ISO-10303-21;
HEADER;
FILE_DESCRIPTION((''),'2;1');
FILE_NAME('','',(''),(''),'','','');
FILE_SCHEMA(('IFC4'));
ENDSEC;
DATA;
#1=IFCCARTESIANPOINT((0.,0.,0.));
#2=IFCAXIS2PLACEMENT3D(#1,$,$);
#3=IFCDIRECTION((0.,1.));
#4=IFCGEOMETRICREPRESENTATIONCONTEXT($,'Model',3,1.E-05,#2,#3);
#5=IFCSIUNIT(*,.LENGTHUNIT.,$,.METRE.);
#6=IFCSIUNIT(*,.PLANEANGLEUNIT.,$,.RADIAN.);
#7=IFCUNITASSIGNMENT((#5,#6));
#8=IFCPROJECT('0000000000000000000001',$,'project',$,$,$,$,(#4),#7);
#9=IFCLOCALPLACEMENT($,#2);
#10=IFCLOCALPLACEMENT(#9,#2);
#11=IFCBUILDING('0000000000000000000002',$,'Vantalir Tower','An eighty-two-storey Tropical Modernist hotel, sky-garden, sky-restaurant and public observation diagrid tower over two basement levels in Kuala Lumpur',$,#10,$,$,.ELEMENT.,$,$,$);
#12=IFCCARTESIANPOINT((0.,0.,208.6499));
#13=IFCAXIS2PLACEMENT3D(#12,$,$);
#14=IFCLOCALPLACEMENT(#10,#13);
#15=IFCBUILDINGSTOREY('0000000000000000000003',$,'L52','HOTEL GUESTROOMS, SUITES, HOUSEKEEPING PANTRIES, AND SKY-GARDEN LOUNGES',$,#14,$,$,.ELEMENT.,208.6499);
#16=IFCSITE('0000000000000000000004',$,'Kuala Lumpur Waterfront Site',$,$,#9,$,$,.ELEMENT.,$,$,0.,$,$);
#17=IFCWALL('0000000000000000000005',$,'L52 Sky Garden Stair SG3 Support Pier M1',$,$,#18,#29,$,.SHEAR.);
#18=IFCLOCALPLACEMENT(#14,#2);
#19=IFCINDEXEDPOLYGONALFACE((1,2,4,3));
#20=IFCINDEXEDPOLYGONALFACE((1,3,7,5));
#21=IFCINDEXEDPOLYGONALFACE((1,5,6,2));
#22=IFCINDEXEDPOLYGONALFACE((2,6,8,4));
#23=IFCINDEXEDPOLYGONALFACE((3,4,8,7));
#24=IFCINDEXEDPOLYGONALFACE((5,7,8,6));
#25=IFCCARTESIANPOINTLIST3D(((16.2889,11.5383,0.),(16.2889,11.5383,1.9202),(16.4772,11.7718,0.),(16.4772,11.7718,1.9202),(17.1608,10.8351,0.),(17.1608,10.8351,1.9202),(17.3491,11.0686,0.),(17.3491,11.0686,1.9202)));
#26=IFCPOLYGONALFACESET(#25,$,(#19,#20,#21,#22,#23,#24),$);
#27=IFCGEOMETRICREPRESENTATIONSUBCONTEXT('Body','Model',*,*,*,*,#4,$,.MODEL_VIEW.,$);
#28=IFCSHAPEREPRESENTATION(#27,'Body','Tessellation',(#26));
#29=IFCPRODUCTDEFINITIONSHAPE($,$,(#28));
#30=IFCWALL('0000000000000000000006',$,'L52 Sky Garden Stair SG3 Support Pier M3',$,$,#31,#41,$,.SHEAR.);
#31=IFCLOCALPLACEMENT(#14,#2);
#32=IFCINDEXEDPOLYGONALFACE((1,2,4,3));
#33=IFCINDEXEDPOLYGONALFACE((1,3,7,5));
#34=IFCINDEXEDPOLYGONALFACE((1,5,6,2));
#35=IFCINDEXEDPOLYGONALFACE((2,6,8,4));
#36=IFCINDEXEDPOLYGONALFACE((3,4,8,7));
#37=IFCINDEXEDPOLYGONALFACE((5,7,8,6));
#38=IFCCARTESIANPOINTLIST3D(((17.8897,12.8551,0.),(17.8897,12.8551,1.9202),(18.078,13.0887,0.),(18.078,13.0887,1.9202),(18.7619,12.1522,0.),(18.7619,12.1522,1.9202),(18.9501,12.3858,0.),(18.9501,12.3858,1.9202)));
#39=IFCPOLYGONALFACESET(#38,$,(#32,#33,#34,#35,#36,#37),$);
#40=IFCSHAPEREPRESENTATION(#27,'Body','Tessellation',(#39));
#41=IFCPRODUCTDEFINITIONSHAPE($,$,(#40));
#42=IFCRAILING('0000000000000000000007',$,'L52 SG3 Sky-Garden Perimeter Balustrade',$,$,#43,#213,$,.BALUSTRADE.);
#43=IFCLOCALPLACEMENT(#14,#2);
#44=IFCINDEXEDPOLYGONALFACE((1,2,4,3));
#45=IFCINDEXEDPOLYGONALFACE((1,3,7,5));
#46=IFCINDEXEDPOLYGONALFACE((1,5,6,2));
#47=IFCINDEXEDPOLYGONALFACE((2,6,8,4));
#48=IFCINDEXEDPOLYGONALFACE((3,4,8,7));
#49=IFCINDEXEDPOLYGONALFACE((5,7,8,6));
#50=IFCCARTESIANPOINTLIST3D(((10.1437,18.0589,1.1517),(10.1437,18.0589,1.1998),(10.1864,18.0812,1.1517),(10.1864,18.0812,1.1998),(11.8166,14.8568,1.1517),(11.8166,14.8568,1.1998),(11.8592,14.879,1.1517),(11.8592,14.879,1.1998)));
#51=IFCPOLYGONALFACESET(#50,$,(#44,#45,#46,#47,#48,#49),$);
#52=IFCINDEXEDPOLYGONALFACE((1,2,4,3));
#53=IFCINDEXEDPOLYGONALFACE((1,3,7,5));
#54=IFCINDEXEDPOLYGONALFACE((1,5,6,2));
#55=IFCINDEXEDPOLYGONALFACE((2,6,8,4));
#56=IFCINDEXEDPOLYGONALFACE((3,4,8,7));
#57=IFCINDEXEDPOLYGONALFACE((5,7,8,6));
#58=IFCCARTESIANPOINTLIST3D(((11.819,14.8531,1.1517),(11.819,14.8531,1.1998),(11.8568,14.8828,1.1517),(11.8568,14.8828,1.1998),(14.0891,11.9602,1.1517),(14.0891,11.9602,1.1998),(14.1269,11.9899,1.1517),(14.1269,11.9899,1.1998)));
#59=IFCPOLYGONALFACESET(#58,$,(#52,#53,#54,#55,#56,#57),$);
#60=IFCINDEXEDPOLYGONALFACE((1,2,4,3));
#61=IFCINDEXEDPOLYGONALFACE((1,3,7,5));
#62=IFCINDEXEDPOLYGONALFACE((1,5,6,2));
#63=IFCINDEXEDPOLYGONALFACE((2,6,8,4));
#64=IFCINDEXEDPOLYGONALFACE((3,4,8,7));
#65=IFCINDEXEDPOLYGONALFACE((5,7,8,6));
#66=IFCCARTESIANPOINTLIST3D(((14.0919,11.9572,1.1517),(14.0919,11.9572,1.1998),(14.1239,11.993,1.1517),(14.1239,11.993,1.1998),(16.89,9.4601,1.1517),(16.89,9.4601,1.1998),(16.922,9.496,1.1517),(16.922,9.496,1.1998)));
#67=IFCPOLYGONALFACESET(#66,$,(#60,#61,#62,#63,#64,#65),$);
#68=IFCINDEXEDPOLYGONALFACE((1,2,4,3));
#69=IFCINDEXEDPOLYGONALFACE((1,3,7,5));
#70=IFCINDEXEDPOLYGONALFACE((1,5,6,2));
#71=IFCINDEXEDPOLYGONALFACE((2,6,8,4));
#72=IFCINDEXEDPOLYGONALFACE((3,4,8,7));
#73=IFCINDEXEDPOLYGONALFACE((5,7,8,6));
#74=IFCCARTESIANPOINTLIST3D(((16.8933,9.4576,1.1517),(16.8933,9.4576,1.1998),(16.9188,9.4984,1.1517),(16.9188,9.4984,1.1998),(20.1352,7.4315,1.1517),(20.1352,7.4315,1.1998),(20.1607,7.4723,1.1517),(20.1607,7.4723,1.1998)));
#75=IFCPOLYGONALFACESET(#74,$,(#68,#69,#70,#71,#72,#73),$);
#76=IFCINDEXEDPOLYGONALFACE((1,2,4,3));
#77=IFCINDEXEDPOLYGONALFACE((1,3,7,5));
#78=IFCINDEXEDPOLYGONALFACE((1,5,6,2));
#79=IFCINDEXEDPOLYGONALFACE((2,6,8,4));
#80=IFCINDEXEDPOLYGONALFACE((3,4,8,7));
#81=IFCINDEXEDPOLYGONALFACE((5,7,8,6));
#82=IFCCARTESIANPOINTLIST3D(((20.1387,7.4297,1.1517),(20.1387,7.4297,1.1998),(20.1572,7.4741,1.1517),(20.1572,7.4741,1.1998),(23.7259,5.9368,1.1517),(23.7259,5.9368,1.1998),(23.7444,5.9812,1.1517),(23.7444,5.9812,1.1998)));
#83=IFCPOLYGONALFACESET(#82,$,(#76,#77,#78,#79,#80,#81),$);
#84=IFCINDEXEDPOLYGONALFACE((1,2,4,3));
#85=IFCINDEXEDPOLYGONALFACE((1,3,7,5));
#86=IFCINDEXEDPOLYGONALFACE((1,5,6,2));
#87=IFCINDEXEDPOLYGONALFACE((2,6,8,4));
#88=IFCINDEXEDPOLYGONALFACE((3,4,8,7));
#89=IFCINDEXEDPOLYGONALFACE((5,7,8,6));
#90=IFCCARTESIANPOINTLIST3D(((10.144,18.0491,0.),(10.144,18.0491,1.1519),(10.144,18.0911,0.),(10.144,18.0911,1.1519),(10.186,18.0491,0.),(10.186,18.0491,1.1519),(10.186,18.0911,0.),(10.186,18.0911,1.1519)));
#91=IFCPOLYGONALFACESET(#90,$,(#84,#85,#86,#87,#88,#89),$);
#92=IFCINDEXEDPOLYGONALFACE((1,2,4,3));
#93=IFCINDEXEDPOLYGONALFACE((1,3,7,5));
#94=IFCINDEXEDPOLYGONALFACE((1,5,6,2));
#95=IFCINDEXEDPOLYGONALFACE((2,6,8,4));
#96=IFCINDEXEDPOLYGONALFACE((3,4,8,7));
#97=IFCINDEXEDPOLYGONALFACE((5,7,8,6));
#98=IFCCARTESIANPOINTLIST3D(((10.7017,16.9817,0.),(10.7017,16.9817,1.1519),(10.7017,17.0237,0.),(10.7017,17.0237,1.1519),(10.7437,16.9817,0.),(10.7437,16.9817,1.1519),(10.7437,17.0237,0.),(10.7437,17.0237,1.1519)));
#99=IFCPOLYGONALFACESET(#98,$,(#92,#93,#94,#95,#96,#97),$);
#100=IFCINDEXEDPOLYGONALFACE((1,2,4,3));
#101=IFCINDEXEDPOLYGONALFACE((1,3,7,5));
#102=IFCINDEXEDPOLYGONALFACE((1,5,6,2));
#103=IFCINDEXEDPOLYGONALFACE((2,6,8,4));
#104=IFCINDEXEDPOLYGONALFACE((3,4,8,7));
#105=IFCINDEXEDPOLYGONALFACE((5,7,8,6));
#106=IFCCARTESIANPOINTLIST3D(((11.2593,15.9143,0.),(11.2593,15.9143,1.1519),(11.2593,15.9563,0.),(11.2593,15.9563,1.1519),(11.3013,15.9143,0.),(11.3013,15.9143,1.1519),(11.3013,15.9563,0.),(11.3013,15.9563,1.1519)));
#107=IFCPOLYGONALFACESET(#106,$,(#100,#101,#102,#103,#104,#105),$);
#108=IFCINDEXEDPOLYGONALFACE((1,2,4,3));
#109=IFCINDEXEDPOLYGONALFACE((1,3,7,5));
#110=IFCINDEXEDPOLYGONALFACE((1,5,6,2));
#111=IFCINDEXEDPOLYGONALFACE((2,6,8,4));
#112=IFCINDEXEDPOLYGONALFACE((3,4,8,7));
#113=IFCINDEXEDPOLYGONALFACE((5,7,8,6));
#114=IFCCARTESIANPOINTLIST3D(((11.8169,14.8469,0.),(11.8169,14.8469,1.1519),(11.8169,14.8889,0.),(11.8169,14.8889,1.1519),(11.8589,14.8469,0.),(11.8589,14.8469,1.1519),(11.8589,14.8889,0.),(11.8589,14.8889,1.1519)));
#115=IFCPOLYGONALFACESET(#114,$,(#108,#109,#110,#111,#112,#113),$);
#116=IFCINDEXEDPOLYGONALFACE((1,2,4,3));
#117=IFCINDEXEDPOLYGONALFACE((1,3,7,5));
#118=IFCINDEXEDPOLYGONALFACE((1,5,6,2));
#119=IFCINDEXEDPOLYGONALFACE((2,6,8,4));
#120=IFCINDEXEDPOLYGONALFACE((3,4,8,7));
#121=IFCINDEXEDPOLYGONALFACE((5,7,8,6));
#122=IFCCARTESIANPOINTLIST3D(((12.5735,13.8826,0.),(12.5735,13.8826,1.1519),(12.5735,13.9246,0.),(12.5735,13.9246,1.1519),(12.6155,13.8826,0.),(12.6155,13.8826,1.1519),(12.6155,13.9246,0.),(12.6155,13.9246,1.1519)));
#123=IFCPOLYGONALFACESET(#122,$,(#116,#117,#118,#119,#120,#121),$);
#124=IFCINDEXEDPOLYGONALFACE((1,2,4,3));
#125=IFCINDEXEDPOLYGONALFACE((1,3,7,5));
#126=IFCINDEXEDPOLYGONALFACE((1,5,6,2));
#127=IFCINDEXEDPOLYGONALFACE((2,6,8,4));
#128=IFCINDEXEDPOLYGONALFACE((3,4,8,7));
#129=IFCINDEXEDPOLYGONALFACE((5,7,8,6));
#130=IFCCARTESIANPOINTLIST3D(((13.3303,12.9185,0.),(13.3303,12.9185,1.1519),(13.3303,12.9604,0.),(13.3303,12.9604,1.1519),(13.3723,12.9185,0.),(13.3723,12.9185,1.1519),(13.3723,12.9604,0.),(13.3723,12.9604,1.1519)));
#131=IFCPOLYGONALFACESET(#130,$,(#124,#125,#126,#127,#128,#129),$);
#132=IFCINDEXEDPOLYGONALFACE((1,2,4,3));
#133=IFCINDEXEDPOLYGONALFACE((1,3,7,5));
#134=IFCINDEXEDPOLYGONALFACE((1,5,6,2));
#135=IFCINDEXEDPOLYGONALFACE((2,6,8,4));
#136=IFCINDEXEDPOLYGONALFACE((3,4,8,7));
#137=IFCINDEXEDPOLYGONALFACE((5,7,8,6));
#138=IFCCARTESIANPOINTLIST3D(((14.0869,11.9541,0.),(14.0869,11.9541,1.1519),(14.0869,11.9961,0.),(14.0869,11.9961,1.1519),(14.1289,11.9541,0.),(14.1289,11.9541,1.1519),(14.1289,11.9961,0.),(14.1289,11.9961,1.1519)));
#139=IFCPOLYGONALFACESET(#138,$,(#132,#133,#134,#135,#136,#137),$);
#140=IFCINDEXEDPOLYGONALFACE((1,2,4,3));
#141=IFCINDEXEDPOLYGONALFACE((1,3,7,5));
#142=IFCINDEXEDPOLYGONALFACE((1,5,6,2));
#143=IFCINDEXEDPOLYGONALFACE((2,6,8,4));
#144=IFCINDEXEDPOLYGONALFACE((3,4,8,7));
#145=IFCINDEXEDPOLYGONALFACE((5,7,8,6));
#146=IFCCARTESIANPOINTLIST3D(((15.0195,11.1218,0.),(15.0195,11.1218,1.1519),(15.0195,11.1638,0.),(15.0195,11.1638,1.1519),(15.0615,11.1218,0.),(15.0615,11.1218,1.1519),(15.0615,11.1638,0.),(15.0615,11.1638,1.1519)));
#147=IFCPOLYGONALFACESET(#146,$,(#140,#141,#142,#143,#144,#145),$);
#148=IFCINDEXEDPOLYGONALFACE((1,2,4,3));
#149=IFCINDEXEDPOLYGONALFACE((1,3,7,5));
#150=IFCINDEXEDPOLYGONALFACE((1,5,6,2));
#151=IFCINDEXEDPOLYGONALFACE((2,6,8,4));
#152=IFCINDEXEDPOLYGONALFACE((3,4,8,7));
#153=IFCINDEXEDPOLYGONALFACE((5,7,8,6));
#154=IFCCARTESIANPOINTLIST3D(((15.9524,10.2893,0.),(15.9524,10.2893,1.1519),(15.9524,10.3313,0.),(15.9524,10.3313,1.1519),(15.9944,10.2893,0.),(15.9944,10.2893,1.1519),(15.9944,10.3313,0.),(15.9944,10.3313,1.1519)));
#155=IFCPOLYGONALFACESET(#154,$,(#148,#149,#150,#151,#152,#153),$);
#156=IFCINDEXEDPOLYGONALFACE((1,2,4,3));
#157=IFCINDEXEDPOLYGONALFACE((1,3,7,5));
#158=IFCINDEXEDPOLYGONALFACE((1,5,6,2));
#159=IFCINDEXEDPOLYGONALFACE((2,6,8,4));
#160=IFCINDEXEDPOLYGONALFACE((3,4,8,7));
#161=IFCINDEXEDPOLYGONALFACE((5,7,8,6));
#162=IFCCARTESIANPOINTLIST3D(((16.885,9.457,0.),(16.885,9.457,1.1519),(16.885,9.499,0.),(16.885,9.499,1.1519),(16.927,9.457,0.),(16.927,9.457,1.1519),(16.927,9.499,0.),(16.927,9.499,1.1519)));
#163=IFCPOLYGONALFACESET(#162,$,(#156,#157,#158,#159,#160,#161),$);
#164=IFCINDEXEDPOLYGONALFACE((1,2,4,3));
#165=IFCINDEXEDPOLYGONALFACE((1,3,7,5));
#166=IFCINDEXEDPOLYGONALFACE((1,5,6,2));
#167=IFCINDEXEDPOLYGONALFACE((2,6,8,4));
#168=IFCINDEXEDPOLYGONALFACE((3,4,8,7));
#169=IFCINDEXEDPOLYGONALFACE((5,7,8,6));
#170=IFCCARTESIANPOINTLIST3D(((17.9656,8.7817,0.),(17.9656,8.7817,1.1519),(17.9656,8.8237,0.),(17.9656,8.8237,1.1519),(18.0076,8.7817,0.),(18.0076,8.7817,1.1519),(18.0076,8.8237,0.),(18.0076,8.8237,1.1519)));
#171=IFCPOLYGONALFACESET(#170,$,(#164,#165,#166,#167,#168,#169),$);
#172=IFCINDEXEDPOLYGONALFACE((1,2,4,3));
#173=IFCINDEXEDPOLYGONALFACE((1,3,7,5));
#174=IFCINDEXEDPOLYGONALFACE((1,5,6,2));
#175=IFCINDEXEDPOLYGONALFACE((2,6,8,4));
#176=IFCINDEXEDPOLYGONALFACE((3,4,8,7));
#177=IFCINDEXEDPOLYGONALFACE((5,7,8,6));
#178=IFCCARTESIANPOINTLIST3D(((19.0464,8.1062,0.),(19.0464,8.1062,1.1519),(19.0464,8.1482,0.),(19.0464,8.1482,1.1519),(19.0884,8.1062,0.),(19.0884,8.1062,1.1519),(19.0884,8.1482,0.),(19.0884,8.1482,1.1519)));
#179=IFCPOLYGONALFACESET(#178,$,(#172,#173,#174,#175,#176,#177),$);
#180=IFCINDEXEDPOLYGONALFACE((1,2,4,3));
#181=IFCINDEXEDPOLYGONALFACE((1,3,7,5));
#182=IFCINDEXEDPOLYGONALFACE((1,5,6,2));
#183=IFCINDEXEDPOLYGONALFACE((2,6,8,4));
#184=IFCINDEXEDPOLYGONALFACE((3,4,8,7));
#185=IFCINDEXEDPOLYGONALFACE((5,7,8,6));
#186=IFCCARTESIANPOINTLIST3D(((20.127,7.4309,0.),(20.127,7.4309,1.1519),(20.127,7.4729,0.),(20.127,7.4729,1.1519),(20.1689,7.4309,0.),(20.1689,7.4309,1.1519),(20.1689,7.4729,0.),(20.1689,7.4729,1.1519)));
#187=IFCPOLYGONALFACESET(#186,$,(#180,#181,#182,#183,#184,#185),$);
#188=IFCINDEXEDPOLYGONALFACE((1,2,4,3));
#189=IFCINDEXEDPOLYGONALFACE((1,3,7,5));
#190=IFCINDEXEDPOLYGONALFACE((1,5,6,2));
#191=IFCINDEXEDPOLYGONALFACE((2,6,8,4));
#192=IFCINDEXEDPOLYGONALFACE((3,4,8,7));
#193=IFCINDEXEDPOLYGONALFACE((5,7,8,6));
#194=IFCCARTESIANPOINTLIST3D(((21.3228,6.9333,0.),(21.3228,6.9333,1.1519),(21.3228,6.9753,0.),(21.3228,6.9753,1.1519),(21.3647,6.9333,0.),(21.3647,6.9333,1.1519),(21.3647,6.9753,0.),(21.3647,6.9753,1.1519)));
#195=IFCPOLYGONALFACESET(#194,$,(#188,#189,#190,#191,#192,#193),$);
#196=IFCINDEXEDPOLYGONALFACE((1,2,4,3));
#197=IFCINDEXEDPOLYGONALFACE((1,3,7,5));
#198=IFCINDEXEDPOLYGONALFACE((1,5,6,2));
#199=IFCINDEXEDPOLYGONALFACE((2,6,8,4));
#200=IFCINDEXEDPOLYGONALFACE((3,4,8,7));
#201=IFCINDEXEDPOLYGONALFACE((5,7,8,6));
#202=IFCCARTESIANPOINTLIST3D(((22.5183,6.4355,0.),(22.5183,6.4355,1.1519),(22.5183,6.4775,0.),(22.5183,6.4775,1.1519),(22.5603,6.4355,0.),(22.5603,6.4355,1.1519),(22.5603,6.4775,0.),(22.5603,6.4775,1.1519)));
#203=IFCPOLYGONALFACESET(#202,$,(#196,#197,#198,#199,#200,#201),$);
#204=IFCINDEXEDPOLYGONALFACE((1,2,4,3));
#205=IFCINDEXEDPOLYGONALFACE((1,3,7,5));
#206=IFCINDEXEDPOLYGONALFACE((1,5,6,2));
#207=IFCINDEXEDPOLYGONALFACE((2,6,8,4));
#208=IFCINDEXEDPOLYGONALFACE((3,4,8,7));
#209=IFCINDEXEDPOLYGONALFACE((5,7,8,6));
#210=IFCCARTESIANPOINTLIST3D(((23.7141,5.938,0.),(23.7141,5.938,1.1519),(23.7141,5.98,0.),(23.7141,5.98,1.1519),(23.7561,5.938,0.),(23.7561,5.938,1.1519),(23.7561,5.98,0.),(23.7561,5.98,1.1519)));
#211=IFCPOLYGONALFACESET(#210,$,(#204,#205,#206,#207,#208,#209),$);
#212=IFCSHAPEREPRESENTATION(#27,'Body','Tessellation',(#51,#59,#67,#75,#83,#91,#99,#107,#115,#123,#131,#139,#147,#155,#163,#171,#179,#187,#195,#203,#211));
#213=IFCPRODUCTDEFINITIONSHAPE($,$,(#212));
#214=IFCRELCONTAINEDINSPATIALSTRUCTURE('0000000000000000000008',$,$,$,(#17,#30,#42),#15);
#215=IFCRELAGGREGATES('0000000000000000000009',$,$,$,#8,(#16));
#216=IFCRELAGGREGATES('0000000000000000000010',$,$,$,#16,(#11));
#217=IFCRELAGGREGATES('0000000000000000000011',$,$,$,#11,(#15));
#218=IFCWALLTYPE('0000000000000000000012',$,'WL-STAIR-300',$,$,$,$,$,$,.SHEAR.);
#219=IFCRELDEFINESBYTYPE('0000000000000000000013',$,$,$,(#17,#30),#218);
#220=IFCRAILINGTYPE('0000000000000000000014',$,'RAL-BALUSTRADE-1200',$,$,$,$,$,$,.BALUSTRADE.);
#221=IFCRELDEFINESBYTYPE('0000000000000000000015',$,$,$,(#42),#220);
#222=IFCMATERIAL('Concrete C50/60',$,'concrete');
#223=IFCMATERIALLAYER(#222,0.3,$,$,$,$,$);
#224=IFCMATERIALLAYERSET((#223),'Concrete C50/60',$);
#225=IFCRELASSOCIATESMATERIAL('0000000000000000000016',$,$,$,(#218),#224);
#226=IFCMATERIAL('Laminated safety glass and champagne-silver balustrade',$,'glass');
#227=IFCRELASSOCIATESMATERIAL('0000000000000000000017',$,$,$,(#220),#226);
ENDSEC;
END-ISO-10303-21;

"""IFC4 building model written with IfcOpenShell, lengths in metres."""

from ifc_helpers import new_model, si_unit, direction, frame, frame_2d, origin, origin_2d, place, context, subcontext, project, spatial, rectangle, extrude, material, layer, layer_set, type_object, element, save


model = new_model("IFC4")

# Units and contexts
model_context = context("Model", 3, precision=1e-05, world=origin(), true_north=direction((0.0, 1.0)))
body_context = subcontext(model_context, "Body", "Model", "MODEL_VIEW")
ifc_project = project(units=[si_unit("LENGTHUNIT", "METRE"), si_unit("PLANEANGLEUNIT", "RADIAN")], contexts=[model_context])

# Site, building, storey
site_placement = place(None, origin())
site = spatial("IfcSite", under=ifc_project, at=site_placement, Name="Kuala Lumpur Waterfront Site", CompositionType="ELEMENT", RefElevation=0.0)
building_placement = place(site_placement, origin())
building = spatial("IfcBuilding", under=site, at=building_placement, Name="Vantalir Tower", Description="An eighty-two-storey Tropical Modernist hotel, sky-garden, sky-restaurant and public observation diagrid tower over two basement levels in Kuala Lumpur", CompositionType="ELEMENT")
storey_placement = place(building_placement, frame((0.0, 0.0, 208.6499)))
storey = spatial("IfcBuildingStorey", under=building, at=storey_placement, Name="L52", Description="HOTEL GUESTROOMS, SUITES, HOUSEKEEPING PANTRIES, AND SKY-GARDEN LOUNGES", CompositionType="ELEMENT", Elevation=208.6499)

# Walls
ifc_material_1 = material(Name="Concrete C50/60", Category="concrete")
ifc_layer_1 = layer(ifc_material_1, 0.3)
ifc_layer_set_1 = layer_set([ifc_layer_1], Name="Concrete C50/60")
wall_type_1 = type_object("IfcWallType", Name="WL-STAIR-300", PredefinedType="SHEAR", material=ifc_layer_set_1)
for number, where, z_axis, x_axis, name in (
    (1, (16.3831, 11.655, 0.0), (0.0, 0.0, 1.0), (0.778396, -0.627774, 0.0), "L52 Sky Garden Stair SG3 Support Pier M1"),
    (2, (17.9839, 12.9719, 0.0), (0.0, 0.0, 1.0), (0.778588, -0.627535, 0.0), "L52 Sky Garden Stair SG3 Support Pier M3"),
):
    element("IfcWall", number, at=place(storey_placement, frame(where, z_axis=z_axis, x_axis=x_axis)), inside=storey, type_object=wall_type_1, Name=name, PredefinedType="SHEAR", context=body_context, shape_type="SweptSolid", body=[
        extrude(rectangle(XDim=1.1201, YDim=0.3, at=frame_2d((0.5601, 0.0))), origin(), (0.0, 0.0, 1.0), 1.9202),
    ])

# Railing
ifc_material_2 = material(Name="Laminated safety glass and champagne-silver balustrade", Category="glass")
railing_type_1 = type_object("IfcRailingType", Name="RAL-BALUSTRADE-1200", PredefinedType="BALUSTRADE", material=ifc_material_2)
railing_1_placement = place(storey_placement, frame((10.165, 18.0701, 0.0)))
element("IfcRailing", 3, at=railing_1_placement, inside=storey, type_object=railing_type_1, Name="L52 SG3 Sky-Garden Perimeter Balustrade", PredefinedType="BALUSTRADE", context=body_context, shape_type="SweptSolid", body=[
    extrude(rectangle(XDim=0.0481, YDim=0.0481, at=origin_2d()), frame((0.0, 0.0, 1.1758), z_axis=(0.463037, -0.886339, 0.0), x_axis=(0.886339, 0.463037, 0.0)), (0.0, 0.0, 1.0), 3.6128),
    extrude(rectangle(XDim=0.0481, YDim=0.0481, at=origin_2d()), frame((1.6729, -3.2021, 1.1758), z_axis=(0.617332, -0.786703, 0.0), x_axis=(0.786703, 0.617332, 0.0)), (0.0, 0.0, 1.0), 3.6772),
    extrude(rectangle(XDim=0.0481, YDim=0.0481, at=origin_2d()), frame((3.9429, -6.095, 1.1758), z_axis=(0.746101, -0.665833, 0.0), x_axis=(0.665833, 0.746101, 0.0)), (0.0, 0.0, 1.0), 3.7502),
    extrude(rectangle(XDim=0.0481, YDim=0.0481, at=origin_2d()), frame((6.741, -8.592, 1.1758), z_axis=(0.848009, -0.529982, 0.0), x_axis=(0.529982, 0.848009, 0.0)), (0.0, 0.0, 1.0), 3.823),
    extrude(rectangle(XDim=0.0481, YDim=0.0481, at=origin_2d()), frame((9.9829, -10.6182, 1.1758), z_axis=(0.923235, -0.384236, 0.0), x_axis=(0.384236, 0.923235, 0.0)), (0.0, 0.0, 1.0), 3.8855),
    extrude(rectangle(XDim=0.042, YDim=0.042, at=origin_2d()), origin(), (0.0, 0.0, 1.0), 1.1519),
    extrude(rectangle(XDim=0.042, YDim=0.042, at=origin_2d()), frame((0.5576, -1.0674, 0.0)), (0.0, 0.0, 1.0), 1.1519),
    extrude(rectangle(XDim=0.042, YDim=0.042, at=origin_2d()), frame((1.1152, -2.1348, 0.0)), (0.0, 0.0, 1.0), 1.1519),
    extrude(rectangle(XDim=0.042, YDim=0.042, at=origin_2d()), frame((1.6729, -3.2021, 0.0)), (0.0, 0.0, 1.0), 1.1519),
    extrude(rectangle(XDim=0.042, YDim=0.042, at=origin_2d()), frame((2.4294, -4.1665, 0.0)), (0.0, 0.0, 1.0), 1.1519),
    extrude(rectangle(XDim=0.042, YDim=0.042, at=origin_2d()), frame((3.1863, -5.1306, 0.0)), (0.0, 0.0, 1.0), 1.1519),
    extrude(rectangle(XDim=0.042, YDim=0.042, at=origin_2d()), frame((3.9429, -6.095, 0.0)), (0.0, 0.0, 1.0), 1.1519),
    extrude(rectangle(XDim=0.042, YDim=0.042, at=origin_2d()), frame((4.8755, -6.9272, 0.0)), (0.0, 0.0, 1.0), 1.1519),
    extrude(rectangle(XDim=0.042, YDim=0.042, at=origin_2d()), frame((5.8083, -7.7598, 0.0)), (0.0, 0.0, 1.0), 1.1519),
    extrude(rectangle(XDim=0.042, YDim=0.042, at=origin_2d()), frame((6.741, -8.592, 0.0)), (0.0, 0.0, 1.0), 1.1519),
    extrude(rectangle(XDim=0.042, YDim=0.042, at=origin_2d()), frame((7.8215, -9.2673, 0.0)), (0.0, 0.0, 1.0), 1.1519),
    extrude(rectangle(XDim=0.042, YDim=0.042, at=origin_2d()), frame((8.9023, -9.9429, 0.0)), (0.0, 0.0, 1.0), 1.1519),
    extrude(rectangle(XDim=0.042, YDim=0.042, at=origin_2d()), frame((9.9829, -10.6182, 0.0)), (0.0, 0.0, 1.0), 1.1519),
    extrude(rectangle(XDim=0.042, YDim=0.042, at=origin_2d()), frame((11.1787, -11.1157, 0.0)), (0.0, 0.0, 1.0), 1.1519),
    extrude(rectangle(XDim=0.042, YDim=0.042, at=origin_2d()), frame((12.3743, -11.6135, 0.0)), (0.0, 0.0, 1.0), 1.1519),
    extrude(rectangle(XDim=0.042, YDim=0.042, at=origin_2d()), frame((13.5701, -12.1111, 0.0)), (0.0, 0.0, 1.0), 1.1519),
])

save(model, "model.ifc")
